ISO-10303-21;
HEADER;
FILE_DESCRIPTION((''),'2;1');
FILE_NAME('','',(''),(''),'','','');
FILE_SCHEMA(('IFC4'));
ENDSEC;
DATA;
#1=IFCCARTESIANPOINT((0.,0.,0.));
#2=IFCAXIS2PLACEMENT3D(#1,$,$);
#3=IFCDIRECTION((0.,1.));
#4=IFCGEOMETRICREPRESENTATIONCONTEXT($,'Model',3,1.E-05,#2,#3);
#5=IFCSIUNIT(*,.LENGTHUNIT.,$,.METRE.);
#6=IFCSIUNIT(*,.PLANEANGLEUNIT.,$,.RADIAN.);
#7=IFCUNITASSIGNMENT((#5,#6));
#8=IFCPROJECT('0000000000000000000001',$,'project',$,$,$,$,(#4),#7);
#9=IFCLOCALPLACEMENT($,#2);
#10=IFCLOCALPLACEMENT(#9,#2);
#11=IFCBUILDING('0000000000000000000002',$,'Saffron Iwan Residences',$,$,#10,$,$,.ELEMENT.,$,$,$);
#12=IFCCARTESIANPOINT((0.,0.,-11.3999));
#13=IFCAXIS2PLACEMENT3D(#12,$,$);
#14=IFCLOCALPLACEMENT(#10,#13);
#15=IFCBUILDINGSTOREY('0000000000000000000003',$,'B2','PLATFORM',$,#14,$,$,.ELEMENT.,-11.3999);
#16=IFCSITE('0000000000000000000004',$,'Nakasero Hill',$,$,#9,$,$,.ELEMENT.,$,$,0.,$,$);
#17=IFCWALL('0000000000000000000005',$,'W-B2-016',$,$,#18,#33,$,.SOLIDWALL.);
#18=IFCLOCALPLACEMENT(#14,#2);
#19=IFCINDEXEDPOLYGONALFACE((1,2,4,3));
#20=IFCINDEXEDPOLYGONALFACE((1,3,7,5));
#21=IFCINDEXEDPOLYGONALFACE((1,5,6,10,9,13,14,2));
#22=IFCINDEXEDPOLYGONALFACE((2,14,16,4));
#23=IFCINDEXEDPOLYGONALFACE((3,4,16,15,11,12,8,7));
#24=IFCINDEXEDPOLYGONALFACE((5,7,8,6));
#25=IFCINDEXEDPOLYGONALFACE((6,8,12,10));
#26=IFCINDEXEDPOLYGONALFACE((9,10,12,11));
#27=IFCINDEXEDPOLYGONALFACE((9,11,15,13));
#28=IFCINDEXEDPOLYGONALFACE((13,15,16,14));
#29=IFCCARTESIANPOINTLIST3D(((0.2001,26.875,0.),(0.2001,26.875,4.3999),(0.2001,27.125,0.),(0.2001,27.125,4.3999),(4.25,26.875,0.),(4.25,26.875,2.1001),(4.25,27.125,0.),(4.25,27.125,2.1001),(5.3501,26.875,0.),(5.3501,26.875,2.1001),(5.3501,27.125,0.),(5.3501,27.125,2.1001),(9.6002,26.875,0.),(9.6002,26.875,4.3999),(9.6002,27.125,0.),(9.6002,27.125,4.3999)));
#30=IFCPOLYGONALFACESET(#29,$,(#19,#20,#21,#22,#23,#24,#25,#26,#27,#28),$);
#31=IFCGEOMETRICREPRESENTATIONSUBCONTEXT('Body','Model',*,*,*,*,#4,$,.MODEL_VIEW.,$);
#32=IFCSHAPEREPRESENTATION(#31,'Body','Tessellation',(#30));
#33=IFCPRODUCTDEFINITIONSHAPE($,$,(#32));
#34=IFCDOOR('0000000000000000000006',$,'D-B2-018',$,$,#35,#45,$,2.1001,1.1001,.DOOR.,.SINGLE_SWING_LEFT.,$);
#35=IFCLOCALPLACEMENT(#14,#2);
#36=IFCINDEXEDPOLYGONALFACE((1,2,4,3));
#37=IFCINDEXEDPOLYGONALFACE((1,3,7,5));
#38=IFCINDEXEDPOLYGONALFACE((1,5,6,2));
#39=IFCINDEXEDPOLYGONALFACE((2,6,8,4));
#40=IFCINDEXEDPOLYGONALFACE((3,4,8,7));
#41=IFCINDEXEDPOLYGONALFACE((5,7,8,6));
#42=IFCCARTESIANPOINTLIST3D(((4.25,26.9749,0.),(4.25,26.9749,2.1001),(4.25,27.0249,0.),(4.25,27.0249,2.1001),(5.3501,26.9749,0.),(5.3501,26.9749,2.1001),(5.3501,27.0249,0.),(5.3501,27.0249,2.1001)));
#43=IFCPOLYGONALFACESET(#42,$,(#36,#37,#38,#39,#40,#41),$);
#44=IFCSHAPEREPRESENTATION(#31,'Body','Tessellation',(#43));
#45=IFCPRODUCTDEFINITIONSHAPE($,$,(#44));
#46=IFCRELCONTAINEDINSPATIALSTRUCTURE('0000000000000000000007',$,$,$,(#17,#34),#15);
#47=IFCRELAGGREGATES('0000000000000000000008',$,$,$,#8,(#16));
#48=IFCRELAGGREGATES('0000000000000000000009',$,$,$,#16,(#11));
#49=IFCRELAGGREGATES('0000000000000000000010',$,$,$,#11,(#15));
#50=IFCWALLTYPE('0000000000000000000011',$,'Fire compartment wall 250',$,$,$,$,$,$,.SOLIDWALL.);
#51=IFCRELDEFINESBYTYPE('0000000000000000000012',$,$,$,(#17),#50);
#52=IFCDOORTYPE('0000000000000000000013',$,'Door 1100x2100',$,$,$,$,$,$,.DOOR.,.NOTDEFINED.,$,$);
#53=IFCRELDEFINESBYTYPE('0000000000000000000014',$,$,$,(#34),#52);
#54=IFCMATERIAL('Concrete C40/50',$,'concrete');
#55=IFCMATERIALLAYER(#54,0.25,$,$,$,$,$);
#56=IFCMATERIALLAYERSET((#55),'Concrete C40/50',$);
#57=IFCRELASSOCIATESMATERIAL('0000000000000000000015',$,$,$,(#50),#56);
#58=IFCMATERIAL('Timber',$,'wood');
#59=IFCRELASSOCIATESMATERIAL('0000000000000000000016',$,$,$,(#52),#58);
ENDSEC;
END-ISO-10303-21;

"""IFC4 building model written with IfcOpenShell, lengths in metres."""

from ifc_helpers import new_model, si_unit, direction, frame, frame_2d, origin, place, context, subcontext, project, spatial, rectangle, extrude, material, layer, layer_set, type_object, element, fill, save


model = new_model("IFC4")

# Units and contexts
model_context = context("Model", 3, precision=1e-05, world=origin(), true_north=direction((0.0, 1.0)))
body_context = subcontext(model_context, "Body", "Model", "MODEL_VIEW")
ifc_project = project(units=[si_unit("LENGTHUNIT", "METRE"), si_unit("PLANEANGLEUNIT", "RADIAN")], contexts=[model_context])

# Site, building, storey
site_placement = place(None, origin())
site = spatial("IfcSite", under=ifc_project, at=site_placement, Name="Nakasero Hill", CompositionType="ELEMENT", RefElevation=0.0)
building_placement = place(site_placement, origin())
building = spatial("IfcBuilding", under=site, at=building_placement, Name="Saffron Iwan Residences", CompositionType="ELEMENT")
storey_placement = place(building_placement, frame((0.0, 0.0, -11.3999)))
storey = spatial("IfcBuildingStorey", under=building, at=storey_placement, Name="B2", Description="PLATFORM", CompositionType="ELEMENT", Elevation=-11.3999)

# Shared definitions
ifc_material_1 = material(Name="Concrete C40/50", Category="concrete")

# Shared definitions
ifc_material_2 = material(Name="Timber", Category="wood")

# Wall, opening, door
ifc_layer_1 = layer(ifc_material_1, 0.25)
ifc_layer_set_1 = layer_set([ifc_layer_1], Name="Concrete C40/50")
wall_type_1 = type_object("IfcWallType", Name="Fire compartment wall 250", PredefinedType="SOLIDWALL", material=ifc_layer_set_1)
wall_1_placement = place(storey_placement, frame((0.2, 27.0, 0.0), z_axis=(0.0, 0.0, 1.0), x_axis=(1.0, 0.0, 0.0)))
wall_1 = element("IfcWall", 1, at=wall_1_placement, inside=storey, type_object=wall_type_1, Name="W-B2-016", PredefinedType="SOLIDWALL", context=body_context, shape_type="SweptSolid", body=[
    extrude(rectangle(XDim=9.4001, YDim=0.25, at=frame_2d((4.7002, 0.0))), origin(), (0.0, 0.0, 1.0), 4.3999),
])
opening_1_placement = place(wall_1_placement, frame((4.05, 0.0, 0.0)))
opening_1 = element("IfcOpeningElement", 2, at=opening_1_placement, cuts=wall_1, PredefinedType="OPENING", context=body_context, shape_type="SweptSolid", body=[
    extrude(rectangle(XDim=1.1001, YDim=2.1001, at=frame_2d((0.55, 1.05))), frame((0.0, 0.135, 0.0), z_axis=(0.0, -1.0, 0.0), x_axis=(1.0, 0.0, 0.0)), (0.0, 0.0, 1.0), 0.27),
])
door_type_1 = type_object("IfcDoorType", Name="Door 1100x2100", OperationType="NOTDEFINED", PredefinedType="DOOR", material=ifc_material_2)
door_1_placement = place(opening_1_placement, origin())
door_1 = element("IfcDoor", 3, at=door_1_placement, inside=storey, type_object=door_type_1, Name="D-B2-018", OperationType="SINGLE_SWING_LEFT", OverallHeight=2.1001, OverallWidth=1.1001, PredefinedType="DOOR", context=body_context, shape_type="SweptSolid", body=[
    extrude(rectangle(XDim=1.1001, YDim=2.1001, at=frame_2d((0.55, 1.05))), frame((0.0, 0.0249, 0.0), z_axis=(0.0, -1.0, 0.0), x_axis=(1.0, 0.0, 0.0)), (0.0, 0.0, 1.0), 0.05),
])
fill(opening_1, door_1)

save(model, "model.ifc")
